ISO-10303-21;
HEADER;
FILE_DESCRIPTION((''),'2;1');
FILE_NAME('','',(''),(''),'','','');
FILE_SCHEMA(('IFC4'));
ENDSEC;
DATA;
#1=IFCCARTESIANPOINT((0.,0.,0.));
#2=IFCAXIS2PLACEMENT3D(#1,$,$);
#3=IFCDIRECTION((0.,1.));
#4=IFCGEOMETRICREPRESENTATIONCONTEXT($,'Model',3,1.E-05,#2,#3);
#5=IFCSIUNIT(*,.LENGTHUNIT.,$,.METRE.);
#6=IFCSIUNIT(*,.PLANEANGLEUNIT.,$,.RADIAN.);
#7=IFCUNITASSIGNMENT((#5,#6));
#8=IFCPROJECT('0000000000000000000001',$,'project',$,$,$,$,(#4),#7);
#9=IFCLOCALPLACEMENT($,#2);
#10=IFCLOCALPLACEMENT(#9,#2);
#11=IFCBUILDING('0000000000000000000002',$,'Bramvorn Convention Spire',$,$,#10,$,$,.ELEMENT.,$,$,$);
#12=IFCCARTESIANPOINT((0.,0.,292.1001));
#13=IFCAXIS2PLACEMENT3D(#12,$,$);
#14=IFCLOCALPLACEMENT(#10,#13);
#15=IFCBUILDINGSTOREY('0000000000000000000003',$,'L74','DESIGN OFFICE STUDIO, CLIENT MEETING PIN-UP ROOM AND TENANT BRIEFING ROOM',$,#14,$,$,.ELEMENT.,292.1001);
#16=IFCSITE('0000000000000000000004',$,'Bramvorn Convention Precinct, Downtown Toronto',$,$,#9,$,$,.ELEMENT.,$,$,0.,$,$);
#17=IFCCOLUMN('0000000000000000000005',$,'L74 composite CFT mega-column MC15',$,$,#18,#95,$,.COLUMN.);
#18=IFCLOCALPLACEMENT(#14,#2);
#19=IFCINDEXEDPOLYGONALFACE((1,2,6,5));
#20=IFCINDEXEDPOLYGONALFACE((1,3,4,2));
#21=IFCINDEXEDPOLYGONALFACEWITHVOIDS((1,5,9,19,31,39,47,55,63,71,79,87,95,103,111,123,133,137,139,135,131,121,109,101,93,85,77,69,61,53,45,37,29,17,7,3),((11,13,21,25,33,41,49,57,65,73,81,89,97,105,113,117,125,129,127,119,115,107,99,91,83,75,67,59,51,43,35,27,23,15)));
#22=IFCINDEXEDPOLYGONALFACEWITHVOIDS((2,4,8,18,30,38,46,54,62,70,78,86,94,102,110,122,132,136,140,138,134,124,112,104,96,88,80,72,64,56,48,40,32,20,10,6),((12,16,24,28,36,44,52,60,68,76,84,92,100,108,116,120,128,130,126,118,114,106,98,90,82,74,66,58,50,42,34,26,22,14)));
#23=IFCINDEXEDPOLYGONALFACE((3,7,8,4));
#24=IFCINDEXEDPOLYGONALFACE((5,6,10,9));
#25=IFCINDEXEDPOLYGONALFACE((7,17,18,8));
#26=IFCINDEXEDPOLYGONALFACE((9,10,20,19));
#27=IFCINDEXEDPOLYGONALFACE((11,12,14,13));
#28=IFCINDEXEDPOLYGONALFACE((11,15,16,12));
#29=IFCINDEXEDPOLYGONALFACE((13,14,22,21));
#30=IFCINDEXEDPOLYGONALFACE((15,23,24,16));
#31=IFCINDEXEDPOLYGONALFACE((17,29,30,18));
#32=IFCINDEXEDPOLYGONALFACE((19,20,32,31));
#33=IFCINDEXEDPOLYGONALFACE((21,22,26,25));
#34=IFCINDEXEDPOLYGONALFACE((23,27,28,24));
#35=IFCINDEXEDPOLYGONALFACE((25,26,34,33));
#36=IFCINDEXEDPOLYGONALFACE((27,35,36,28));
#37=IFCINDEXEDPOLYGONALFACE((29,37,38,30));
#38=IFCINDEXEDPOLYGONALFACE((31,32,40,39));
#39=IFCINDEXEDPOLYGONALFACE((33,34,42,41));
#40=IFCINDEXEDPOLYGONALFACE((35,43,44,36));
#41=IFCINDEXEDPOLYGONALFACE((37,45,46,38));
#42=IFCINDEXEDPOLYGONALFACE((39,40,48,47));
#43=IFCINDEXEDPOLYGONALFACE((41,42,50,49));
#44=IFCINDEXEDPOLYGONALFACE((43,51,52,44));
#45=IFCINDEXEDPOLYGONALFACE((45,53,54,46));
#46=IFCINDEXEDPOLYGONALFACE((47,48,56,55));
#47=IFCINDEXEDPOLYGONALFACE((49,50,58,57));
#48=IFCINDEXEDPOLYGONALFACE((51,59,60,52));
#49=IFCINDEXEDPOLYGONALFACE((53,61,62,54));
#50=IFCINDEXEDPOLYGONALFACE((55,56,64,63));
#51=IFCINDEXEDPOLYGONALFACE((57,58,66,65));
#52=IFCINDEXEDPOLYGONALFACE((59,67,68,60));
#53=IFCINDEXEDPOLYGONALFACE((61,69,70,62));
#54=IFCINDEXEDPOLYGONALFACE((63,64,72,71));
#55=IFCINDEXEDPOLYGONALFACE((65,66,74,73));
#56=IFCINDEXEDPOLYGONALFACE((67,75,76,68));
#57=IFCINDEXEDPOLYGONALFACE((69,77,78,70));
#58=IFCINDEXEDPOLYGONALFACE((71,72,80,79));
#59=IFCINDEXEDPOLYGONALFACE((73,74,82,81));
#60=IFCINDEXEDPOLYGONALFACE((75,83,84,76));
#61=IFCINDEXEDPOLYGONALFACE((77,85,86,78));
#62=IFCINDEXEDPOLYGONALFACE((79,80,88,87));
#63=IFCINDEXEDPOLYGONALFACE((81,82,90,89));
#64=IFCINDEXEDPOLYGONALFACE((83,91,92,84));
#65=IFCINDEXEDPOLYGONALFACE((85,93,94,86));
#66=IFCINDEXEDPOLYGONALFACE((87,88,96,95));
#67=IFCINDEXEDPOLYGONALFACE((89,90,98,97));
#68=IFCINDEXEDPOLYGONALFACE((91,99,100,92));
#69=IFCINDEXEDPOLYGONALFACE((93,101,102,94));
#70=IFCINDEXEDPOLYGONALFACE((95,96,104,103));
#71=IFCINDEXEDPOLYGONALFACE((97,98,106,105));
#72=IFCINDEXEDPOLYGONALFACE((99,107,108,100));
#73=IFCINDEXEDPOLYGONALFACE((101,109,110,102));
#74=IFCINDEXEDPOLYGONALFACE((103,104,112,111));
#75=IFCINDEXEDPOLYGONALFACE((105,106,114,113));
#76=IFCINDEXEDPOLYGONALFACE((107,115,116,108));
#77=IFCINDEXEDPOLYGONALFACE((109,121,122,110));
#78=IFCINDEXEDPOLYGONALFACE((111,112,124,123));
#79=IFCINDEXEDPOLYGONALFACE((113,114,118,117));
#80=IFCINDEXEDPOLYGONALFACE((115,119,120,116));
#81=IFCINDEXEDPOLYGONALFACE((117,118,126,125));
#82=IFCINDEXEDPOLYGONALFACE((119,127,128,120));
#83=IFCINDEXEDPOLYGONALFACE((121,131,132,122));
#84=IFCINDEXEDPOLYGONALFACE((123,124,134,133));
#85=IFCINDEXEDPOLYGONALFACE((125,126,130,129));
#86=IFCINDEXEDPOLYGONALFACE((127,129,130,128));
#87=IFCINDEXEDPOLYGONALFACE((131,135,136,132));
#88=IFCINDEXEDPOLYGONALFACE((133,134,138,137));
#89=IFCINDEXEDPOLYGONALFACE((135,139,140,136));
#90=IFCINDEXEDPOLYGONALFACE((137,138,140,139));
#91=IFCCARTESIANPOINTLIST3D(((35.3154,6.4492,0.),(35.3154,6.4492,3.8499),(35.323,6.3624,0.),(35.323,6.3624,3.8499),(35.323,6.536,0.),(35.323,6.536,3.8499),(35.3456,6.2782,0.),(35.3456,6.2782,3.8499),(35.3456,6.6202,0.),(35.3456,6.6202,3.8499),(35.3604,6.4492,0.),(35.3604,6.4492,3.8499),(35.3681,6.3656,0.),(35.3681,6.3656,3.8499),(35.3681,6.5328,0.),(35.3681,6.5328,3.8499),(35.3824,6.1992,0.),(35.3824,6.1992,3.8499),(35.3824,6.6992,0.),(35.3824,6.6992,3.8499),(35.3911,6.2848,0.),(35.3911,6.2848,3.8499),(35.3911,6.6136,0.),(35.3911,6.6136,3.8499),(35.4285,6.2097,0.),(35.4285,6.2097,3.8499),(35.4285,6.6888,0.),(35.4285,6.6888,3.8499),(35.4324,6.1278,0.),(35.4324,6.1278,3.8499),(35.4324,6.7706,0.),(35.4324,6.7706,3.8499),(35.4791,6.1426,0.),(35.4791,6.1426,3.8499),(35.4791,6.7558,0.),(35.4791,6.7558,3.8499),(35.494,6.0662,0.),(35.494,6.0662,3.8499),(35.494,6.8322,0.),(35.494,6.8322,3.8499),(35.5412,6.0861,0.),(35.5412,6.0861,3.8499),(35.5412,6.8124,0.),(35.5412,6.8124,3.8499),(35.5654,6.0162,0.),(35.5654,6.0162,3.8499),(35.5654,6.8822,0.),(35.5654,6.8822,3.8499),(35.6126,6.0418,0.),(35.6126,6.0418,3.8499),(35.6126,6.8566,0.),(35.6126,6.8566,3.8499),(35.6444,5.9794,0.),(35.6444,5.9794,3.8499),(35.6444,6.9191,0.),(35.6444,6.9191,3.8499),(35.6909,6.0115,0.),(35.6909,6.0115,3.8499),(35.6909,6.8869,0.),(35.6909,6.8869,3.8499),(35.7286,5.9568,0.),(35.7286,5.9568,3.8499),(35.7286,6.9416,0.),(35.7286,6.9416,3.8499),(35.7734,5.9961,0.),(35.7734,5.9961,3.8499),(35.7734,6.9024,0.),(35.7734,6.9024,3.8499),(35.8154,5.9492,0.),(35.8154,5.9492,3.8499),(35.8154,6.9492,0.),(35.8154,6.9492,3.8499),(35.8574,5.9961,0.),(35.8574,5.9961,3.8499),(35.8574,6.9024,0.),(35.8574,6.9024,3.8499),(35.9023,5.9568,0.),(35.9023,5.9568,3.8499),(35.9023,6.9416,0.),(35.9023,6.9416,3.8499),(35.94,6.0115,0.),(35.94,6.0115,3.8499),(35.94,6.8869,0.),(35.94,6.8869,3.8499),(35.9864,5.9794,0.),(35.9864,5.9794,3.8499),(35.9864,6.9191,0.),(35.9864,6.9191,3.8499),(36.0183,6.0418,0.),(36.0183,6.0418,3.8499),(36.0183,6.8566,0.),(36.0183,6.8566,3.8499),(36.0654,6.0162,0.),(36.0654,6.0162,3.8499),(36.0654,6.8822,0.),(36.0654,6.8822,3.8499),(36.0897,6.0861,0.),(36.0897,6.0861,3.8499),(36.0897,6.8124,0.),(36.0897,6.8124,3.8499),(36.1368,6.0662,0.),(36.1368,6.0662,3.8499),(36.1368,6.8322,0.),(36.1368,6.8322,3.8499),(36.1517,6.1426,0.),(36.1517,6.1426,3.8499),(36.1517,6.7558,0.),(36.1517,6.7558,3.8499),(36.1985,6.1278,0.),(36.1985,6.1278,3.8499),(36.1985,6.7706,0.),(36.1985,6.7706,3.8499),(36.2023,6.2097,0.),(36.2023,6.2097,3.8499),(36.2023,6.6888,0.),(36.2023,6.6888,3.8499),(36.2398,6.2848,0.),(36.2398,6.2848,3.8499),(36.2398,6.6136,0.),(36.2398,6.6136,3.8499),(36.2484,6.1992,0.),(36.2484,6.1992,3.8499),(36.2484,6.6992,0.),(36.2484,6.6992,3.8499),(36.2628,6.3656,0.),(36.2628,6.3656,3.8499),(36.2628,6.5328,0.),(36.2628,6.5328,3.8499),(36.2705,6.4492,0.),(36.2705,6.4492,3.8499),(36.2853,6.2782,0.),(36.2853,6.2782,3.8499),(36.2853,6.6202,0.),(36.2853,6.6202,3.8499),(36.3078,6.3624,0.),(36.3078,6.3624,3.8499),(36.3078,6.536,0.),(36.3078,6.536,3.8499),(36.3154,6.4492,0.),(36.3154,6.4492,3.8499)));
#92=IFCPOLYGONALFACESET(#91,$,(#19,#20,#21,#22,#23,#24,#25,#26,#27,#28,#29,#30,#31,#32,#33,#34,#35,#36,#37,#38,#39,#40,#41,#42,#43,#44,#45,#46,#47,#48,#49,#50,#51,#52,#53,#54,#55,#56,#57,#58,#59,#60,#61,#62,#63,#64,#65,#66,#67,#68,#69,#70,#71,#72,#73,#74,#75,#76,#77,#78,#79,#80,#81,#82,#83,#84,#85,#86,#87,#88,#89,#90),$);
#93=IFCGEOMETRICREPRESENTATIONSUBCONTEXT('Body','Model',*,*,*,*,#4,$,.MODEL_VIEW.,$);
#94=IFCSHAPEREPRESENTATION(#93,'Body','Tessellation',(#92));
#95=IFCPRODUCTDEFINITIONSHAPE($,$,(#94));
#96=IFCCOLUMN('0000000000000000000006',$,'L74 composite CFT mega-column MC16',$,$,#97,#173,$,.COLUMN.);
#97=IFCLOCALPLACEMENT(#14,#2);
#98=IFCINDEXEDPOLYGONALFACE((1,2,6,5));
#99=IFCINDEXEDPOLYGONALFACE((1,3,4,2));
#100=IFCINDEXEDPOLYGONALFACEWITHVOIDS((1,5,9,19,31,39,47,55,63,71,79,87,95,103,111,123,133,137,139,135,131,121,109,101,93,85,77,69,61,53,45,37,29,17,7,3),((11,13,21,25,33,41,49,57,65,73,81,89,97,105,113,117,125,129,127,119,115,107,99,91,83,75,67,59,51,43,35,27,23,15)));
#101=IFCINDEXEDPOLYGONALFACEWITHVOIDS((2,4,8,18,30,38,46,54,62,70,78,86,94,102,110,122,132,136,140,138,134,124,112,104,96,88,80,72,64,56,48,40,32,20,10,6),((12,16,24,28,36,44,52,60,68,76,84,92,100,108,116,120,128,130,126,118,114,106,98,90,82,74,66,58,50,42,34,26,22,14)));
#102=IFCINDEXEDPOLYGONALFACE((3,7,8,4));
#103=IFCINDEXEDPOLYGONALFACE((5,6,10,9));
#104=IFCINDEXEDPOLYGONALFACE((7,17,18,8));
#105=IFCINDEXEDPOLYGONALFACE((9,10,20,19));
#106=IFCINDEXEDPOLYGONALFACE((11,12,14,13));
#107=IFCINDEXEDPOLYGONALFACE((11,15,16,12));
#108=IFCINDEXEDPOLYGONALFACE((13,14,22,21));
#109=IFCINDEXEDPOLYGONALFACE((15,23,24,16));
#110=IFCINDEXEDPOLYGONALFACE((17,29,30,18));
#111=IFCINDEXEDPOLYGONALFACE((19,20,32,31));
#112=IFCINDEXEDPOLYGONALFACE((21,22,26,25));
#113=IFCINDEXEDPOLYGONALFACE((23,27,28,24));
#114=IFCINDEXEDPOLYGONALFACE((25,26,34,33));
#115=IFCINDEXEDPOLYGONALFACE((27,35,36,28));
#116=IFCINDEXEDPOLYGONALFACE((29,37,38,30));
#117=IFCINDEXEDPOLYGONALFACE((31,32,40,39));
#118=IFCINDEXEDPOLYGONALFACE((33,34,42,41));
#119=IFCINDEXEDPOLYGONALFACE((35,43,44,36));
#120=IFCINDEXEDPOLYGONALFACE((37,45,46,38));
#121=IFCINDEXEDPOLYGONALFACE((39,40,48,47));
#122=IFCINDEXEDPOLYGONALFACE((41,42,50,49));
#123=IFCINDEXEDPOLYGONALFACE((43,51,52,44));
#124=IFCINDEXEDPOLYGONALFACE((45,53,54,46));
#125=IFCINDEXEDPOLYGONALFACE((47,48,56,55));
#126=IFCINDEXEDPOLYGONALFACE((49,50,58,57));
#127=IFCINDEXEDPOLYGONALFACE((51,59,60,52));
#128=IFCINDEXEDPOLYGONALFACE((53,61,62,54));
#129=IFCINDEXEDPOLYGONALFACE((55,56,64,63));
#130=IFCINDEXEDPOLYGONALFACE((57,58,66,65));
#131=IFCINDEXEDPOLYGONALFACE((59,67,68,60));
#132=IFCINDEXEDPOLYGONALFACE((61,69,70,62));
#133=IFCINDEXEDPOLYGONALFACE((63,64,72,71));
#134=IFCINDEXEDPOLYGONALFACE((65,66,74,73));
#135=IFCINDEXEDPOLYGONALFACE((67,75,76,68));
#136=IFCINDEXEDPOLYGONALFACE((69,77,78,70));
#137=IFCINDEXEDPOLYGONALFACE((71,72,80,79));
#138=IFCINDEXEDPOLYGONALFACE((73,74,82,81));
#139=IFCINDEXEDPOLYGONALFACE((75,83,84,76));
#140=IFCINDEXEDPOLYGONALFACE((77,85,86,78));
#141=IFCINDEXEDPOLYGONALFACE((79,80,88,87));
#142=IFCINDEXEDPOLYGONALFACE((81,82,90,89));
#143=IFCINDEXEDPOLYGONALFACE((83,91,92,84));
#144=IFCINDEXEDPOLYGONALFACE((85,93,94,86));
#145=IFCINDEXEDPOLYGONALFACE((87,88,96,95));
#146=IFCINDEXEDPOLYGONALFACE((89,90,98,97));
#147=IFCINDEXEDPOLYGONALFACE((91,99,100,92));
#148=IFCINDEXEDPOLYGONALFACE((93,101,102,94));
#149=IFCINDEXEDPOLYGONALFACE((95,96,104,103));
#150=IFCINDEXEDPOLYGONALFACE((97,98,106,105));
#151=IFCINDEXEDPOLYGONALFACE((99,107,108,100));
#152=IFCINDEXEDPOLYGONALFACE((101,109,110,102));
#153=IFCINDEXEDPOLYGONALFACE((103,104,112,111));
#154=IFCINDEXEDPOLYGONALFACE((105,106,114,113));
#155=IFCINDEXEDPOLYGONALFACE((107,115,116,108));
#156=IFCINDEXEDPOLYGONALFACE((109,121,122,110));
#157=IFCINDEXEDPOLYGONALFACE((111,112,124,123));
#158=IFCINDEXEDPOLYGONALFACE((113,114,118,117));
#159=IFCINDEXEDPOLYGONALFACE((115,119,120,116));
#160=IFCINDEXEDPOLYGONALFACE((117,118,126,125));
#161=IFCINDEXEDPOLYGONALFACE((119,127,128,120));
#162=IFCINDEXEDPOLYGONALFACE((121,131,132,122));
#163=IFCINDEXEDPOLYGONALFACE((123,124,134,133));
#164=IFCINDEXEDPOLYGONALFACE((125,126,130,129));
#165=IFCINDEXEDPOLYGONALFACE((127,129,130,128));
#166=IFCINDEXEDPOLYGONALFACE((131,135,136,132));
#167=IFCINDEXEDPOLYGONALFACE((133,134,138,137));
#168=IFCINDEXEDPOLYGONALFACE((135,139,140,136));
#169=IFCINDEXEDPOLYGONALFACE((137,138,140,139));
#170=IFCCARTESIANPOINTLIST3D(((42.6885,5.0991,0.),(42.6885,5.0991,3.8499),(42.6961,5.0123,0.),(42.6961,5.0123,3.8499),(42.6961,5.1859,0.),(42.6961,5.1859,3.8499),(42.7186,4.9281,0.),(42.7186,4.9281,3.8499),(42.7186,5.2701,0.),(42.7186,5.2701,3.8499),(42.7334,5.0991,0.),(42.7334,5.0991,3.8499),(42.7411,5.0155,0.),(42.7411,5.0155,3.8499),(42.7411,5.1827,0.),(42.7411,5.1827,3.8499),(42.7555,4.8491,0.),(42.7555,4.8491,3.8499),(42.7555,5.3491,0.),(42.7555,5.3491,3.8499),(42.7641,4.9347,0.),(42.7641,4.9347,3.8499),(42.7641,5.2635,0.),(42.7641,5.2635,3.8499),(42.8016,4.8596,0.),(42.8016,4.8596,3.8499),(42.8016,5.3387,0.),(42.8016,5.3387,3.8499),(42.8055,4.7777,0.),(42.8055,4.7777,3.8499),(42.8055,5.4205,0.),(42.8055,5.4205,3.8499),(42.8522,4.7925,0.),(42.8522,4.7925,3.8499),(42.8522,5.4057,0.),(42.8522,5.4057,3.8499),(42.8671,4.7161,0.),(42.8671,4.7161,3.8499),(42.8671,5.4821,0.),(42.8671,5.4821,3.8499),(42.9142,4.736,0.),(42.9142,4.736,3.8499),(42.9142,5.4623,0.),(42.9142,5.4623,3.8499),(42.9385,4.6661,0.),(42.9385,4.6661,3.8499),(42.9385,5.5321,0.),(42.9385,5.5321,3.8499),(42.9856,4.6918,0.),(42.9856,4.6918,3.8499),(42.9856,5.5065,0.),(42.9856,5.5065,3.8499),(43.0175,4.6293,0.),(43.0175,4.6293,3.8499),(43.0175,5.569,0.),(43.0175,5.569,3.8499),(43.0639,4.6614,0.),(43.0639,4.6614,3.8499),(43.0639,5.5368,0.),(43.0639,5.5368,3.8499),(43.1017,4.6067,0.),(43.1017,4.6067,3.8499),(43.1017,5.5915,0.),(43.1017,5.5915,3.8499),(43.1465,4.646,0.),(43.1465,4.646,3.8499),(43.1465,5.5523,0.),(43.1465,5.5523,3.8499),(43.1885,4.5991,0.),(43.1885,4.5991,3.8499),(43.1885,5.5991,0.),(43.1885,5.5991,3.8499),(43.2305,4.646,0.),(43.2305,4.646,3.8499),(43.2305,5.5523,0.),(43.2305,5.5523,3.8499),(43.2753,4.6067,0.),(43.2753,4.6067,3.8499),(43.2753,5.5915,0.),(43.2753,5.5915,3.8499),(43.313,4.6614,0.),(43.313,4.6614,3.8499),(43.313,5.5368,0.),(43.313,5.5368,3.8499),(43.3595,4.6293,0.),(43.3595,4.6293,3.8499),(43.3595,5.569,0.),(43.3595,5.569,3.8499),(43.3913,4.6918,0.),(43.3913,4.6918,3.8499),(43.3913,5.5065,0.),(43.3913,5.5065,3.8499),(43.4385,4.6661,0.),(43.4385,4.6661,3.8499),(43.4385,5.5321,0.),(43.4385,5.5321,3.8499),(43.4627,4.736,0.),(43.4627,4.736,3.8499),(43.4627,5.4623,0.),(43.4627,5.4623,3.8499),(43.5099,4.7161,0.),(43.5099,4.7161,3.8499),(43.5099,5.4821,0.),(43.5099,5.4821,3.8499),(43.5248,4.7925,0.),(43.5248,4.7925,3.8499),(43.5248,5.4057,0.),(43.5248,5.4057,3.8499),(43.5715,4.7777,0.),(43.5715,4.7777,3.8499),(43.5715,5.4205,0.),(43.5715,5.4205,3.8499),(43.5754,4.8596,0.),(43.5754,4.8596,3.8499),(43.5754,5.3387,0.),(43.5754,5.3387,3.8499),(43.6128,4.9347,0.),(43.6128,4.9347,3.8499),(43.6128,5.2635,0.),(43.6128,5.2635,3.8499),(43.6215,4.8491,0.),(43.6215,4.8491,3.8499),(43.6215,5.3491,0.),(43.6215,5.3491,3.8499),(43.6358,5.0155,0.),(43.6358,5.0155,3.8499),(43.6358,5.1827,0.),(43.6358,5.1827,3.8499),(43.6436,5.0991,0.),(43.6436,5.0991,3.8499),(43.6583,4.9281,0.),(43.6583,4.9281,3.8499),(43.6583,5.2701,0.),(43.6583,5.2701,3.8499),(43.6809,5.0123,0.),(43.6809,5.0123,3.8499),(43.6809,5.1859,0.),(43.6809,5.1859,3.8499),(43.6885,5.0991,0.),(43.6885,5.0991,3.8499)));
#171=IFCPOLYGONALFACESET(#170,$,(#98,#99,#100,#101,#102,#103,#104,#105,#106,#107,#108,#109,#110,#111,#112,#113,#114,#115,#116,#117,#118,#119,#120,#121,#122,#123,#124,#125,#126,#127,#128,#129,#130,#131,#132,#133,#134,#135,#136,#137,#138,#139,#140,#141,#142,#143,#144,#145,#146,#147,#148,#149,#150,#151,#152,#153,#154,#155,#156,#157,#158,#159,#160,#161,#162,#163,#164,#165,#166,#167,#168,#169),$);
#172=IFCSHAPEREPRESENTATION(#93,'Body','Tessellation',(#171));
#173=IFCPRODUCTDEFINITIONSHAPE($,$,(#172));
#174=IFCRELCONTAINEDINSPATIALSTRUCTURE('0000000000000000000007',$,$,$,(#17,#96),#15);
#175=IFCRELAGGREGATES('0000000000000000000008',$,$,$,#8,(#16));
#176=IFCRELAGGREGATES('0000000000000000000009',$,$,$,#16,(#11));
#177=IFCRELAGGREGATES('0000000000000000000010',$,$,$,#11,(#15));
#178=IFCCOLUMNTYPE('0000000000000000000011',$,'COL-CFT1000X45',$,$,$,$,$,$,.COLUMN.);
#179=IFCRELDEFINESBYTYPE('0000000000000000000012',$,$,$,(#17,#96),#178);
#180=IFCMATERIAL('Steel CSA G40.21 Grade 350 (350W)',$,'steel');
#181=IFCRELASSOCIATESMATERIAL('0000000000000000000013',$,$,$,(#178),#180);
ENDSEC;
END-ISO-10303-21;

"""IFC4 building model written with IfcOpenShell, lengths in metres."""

from ifc_helpers import new_model, si_unit, direction, frame, origin, origin_2d, place, context, subcontext, project, spatial, hollow_circle, extrude, material, material_profile, profile_set, type_object, element, save


model = new_model("IFC4")

# Units and contexts
model_context = context("Model", 3, precision=1e-05, world=origin(), true_north=direction((0.0, 1.0)))
body_context = subcontext(model_context, "Body", "Model", "MODEL_VIEW")
ifc_project = project(units=[si_unit("LENGTHUNIT", "METRE"), si_unit("PLANEANGLEUNIT", "RADIAN")], contexts=[model_context])

# Site, building, storey
site_placement = place(None, origin())
site = spatial("IfcSite", under=ifc_project, at=site_placement, Name="Bramvorn Convention Precinct, Downtown Toronto", CompositionType="ELEMENT", RefElevation=0.0)
building_placement = place(site_placement, origin())
building = spatial("IfcBuilding", under=site, at=building_placement, Name="Bramvorn Convention Spire", CompositionType="ELEMENT")
storey_placement = place(building_placement, frame((0.0, 0.0, 292.1001)))
storey = spatial("IfcBuildingStorey", under=building, at=storey_placement, Name="L74", Description="DESIGN OFFICE STUDIO, CLIENT MEETING PIN-UP ROOM AND TENANT BRIEFING ROOM", CompositionType="ELEMENT", Elevation=292.1001)

# Columns
ifc_material_1 = material(Name="Steel CSA G40.21 Grade 350 (350W)", Category="steel")
ifc_material_profile_1 = material_profile(ifc_material_1, hollow_circle(Radius=0.5, WallThickness=0.0449, at=origin_2d()))
ifc_profile_set_1 = profile_set([ifc_material_profile_1], Name="Steel CSA G40.21 Grade 350 (350W) - CFT1000X45")
column_type = type_object("IfcColumnType", Name="COL-CFT1000X45", PredefinedType="COLUMN", material=ifc_profile_set_1)
for number, where, z_axis, x_axis, name in (
    (1, (35.8154, 6.4492, 0.0), (0.0, 0.0, 1.0), (1.0, 0.0, 0.0), "L74 composite CFT mega-column MC15"),
    (2, (43.1885, 5.0991, 0.0), (0.0, 0.0, 1.0), (1.0, 0.0, 0.0), "L74 composite CFT mega-column MC16"),
):
    element("IfcColumn", number, at=place(storey_placement, frame(where, z_axis=z_axis, x_axis=x_axis)), inside=storey, type_object=column_type, Name=name, PredefinedType="COLUMN", context=body_context, shape_type="SweptSolid", body=[
        extrude(hollow_circle(Radius=0.5, WallThickness=0.0449, at=origin_2d()), origin(), (0.0, 0.0, 1.0), 3.8499),
    ])

save(model, "model.ifc")
